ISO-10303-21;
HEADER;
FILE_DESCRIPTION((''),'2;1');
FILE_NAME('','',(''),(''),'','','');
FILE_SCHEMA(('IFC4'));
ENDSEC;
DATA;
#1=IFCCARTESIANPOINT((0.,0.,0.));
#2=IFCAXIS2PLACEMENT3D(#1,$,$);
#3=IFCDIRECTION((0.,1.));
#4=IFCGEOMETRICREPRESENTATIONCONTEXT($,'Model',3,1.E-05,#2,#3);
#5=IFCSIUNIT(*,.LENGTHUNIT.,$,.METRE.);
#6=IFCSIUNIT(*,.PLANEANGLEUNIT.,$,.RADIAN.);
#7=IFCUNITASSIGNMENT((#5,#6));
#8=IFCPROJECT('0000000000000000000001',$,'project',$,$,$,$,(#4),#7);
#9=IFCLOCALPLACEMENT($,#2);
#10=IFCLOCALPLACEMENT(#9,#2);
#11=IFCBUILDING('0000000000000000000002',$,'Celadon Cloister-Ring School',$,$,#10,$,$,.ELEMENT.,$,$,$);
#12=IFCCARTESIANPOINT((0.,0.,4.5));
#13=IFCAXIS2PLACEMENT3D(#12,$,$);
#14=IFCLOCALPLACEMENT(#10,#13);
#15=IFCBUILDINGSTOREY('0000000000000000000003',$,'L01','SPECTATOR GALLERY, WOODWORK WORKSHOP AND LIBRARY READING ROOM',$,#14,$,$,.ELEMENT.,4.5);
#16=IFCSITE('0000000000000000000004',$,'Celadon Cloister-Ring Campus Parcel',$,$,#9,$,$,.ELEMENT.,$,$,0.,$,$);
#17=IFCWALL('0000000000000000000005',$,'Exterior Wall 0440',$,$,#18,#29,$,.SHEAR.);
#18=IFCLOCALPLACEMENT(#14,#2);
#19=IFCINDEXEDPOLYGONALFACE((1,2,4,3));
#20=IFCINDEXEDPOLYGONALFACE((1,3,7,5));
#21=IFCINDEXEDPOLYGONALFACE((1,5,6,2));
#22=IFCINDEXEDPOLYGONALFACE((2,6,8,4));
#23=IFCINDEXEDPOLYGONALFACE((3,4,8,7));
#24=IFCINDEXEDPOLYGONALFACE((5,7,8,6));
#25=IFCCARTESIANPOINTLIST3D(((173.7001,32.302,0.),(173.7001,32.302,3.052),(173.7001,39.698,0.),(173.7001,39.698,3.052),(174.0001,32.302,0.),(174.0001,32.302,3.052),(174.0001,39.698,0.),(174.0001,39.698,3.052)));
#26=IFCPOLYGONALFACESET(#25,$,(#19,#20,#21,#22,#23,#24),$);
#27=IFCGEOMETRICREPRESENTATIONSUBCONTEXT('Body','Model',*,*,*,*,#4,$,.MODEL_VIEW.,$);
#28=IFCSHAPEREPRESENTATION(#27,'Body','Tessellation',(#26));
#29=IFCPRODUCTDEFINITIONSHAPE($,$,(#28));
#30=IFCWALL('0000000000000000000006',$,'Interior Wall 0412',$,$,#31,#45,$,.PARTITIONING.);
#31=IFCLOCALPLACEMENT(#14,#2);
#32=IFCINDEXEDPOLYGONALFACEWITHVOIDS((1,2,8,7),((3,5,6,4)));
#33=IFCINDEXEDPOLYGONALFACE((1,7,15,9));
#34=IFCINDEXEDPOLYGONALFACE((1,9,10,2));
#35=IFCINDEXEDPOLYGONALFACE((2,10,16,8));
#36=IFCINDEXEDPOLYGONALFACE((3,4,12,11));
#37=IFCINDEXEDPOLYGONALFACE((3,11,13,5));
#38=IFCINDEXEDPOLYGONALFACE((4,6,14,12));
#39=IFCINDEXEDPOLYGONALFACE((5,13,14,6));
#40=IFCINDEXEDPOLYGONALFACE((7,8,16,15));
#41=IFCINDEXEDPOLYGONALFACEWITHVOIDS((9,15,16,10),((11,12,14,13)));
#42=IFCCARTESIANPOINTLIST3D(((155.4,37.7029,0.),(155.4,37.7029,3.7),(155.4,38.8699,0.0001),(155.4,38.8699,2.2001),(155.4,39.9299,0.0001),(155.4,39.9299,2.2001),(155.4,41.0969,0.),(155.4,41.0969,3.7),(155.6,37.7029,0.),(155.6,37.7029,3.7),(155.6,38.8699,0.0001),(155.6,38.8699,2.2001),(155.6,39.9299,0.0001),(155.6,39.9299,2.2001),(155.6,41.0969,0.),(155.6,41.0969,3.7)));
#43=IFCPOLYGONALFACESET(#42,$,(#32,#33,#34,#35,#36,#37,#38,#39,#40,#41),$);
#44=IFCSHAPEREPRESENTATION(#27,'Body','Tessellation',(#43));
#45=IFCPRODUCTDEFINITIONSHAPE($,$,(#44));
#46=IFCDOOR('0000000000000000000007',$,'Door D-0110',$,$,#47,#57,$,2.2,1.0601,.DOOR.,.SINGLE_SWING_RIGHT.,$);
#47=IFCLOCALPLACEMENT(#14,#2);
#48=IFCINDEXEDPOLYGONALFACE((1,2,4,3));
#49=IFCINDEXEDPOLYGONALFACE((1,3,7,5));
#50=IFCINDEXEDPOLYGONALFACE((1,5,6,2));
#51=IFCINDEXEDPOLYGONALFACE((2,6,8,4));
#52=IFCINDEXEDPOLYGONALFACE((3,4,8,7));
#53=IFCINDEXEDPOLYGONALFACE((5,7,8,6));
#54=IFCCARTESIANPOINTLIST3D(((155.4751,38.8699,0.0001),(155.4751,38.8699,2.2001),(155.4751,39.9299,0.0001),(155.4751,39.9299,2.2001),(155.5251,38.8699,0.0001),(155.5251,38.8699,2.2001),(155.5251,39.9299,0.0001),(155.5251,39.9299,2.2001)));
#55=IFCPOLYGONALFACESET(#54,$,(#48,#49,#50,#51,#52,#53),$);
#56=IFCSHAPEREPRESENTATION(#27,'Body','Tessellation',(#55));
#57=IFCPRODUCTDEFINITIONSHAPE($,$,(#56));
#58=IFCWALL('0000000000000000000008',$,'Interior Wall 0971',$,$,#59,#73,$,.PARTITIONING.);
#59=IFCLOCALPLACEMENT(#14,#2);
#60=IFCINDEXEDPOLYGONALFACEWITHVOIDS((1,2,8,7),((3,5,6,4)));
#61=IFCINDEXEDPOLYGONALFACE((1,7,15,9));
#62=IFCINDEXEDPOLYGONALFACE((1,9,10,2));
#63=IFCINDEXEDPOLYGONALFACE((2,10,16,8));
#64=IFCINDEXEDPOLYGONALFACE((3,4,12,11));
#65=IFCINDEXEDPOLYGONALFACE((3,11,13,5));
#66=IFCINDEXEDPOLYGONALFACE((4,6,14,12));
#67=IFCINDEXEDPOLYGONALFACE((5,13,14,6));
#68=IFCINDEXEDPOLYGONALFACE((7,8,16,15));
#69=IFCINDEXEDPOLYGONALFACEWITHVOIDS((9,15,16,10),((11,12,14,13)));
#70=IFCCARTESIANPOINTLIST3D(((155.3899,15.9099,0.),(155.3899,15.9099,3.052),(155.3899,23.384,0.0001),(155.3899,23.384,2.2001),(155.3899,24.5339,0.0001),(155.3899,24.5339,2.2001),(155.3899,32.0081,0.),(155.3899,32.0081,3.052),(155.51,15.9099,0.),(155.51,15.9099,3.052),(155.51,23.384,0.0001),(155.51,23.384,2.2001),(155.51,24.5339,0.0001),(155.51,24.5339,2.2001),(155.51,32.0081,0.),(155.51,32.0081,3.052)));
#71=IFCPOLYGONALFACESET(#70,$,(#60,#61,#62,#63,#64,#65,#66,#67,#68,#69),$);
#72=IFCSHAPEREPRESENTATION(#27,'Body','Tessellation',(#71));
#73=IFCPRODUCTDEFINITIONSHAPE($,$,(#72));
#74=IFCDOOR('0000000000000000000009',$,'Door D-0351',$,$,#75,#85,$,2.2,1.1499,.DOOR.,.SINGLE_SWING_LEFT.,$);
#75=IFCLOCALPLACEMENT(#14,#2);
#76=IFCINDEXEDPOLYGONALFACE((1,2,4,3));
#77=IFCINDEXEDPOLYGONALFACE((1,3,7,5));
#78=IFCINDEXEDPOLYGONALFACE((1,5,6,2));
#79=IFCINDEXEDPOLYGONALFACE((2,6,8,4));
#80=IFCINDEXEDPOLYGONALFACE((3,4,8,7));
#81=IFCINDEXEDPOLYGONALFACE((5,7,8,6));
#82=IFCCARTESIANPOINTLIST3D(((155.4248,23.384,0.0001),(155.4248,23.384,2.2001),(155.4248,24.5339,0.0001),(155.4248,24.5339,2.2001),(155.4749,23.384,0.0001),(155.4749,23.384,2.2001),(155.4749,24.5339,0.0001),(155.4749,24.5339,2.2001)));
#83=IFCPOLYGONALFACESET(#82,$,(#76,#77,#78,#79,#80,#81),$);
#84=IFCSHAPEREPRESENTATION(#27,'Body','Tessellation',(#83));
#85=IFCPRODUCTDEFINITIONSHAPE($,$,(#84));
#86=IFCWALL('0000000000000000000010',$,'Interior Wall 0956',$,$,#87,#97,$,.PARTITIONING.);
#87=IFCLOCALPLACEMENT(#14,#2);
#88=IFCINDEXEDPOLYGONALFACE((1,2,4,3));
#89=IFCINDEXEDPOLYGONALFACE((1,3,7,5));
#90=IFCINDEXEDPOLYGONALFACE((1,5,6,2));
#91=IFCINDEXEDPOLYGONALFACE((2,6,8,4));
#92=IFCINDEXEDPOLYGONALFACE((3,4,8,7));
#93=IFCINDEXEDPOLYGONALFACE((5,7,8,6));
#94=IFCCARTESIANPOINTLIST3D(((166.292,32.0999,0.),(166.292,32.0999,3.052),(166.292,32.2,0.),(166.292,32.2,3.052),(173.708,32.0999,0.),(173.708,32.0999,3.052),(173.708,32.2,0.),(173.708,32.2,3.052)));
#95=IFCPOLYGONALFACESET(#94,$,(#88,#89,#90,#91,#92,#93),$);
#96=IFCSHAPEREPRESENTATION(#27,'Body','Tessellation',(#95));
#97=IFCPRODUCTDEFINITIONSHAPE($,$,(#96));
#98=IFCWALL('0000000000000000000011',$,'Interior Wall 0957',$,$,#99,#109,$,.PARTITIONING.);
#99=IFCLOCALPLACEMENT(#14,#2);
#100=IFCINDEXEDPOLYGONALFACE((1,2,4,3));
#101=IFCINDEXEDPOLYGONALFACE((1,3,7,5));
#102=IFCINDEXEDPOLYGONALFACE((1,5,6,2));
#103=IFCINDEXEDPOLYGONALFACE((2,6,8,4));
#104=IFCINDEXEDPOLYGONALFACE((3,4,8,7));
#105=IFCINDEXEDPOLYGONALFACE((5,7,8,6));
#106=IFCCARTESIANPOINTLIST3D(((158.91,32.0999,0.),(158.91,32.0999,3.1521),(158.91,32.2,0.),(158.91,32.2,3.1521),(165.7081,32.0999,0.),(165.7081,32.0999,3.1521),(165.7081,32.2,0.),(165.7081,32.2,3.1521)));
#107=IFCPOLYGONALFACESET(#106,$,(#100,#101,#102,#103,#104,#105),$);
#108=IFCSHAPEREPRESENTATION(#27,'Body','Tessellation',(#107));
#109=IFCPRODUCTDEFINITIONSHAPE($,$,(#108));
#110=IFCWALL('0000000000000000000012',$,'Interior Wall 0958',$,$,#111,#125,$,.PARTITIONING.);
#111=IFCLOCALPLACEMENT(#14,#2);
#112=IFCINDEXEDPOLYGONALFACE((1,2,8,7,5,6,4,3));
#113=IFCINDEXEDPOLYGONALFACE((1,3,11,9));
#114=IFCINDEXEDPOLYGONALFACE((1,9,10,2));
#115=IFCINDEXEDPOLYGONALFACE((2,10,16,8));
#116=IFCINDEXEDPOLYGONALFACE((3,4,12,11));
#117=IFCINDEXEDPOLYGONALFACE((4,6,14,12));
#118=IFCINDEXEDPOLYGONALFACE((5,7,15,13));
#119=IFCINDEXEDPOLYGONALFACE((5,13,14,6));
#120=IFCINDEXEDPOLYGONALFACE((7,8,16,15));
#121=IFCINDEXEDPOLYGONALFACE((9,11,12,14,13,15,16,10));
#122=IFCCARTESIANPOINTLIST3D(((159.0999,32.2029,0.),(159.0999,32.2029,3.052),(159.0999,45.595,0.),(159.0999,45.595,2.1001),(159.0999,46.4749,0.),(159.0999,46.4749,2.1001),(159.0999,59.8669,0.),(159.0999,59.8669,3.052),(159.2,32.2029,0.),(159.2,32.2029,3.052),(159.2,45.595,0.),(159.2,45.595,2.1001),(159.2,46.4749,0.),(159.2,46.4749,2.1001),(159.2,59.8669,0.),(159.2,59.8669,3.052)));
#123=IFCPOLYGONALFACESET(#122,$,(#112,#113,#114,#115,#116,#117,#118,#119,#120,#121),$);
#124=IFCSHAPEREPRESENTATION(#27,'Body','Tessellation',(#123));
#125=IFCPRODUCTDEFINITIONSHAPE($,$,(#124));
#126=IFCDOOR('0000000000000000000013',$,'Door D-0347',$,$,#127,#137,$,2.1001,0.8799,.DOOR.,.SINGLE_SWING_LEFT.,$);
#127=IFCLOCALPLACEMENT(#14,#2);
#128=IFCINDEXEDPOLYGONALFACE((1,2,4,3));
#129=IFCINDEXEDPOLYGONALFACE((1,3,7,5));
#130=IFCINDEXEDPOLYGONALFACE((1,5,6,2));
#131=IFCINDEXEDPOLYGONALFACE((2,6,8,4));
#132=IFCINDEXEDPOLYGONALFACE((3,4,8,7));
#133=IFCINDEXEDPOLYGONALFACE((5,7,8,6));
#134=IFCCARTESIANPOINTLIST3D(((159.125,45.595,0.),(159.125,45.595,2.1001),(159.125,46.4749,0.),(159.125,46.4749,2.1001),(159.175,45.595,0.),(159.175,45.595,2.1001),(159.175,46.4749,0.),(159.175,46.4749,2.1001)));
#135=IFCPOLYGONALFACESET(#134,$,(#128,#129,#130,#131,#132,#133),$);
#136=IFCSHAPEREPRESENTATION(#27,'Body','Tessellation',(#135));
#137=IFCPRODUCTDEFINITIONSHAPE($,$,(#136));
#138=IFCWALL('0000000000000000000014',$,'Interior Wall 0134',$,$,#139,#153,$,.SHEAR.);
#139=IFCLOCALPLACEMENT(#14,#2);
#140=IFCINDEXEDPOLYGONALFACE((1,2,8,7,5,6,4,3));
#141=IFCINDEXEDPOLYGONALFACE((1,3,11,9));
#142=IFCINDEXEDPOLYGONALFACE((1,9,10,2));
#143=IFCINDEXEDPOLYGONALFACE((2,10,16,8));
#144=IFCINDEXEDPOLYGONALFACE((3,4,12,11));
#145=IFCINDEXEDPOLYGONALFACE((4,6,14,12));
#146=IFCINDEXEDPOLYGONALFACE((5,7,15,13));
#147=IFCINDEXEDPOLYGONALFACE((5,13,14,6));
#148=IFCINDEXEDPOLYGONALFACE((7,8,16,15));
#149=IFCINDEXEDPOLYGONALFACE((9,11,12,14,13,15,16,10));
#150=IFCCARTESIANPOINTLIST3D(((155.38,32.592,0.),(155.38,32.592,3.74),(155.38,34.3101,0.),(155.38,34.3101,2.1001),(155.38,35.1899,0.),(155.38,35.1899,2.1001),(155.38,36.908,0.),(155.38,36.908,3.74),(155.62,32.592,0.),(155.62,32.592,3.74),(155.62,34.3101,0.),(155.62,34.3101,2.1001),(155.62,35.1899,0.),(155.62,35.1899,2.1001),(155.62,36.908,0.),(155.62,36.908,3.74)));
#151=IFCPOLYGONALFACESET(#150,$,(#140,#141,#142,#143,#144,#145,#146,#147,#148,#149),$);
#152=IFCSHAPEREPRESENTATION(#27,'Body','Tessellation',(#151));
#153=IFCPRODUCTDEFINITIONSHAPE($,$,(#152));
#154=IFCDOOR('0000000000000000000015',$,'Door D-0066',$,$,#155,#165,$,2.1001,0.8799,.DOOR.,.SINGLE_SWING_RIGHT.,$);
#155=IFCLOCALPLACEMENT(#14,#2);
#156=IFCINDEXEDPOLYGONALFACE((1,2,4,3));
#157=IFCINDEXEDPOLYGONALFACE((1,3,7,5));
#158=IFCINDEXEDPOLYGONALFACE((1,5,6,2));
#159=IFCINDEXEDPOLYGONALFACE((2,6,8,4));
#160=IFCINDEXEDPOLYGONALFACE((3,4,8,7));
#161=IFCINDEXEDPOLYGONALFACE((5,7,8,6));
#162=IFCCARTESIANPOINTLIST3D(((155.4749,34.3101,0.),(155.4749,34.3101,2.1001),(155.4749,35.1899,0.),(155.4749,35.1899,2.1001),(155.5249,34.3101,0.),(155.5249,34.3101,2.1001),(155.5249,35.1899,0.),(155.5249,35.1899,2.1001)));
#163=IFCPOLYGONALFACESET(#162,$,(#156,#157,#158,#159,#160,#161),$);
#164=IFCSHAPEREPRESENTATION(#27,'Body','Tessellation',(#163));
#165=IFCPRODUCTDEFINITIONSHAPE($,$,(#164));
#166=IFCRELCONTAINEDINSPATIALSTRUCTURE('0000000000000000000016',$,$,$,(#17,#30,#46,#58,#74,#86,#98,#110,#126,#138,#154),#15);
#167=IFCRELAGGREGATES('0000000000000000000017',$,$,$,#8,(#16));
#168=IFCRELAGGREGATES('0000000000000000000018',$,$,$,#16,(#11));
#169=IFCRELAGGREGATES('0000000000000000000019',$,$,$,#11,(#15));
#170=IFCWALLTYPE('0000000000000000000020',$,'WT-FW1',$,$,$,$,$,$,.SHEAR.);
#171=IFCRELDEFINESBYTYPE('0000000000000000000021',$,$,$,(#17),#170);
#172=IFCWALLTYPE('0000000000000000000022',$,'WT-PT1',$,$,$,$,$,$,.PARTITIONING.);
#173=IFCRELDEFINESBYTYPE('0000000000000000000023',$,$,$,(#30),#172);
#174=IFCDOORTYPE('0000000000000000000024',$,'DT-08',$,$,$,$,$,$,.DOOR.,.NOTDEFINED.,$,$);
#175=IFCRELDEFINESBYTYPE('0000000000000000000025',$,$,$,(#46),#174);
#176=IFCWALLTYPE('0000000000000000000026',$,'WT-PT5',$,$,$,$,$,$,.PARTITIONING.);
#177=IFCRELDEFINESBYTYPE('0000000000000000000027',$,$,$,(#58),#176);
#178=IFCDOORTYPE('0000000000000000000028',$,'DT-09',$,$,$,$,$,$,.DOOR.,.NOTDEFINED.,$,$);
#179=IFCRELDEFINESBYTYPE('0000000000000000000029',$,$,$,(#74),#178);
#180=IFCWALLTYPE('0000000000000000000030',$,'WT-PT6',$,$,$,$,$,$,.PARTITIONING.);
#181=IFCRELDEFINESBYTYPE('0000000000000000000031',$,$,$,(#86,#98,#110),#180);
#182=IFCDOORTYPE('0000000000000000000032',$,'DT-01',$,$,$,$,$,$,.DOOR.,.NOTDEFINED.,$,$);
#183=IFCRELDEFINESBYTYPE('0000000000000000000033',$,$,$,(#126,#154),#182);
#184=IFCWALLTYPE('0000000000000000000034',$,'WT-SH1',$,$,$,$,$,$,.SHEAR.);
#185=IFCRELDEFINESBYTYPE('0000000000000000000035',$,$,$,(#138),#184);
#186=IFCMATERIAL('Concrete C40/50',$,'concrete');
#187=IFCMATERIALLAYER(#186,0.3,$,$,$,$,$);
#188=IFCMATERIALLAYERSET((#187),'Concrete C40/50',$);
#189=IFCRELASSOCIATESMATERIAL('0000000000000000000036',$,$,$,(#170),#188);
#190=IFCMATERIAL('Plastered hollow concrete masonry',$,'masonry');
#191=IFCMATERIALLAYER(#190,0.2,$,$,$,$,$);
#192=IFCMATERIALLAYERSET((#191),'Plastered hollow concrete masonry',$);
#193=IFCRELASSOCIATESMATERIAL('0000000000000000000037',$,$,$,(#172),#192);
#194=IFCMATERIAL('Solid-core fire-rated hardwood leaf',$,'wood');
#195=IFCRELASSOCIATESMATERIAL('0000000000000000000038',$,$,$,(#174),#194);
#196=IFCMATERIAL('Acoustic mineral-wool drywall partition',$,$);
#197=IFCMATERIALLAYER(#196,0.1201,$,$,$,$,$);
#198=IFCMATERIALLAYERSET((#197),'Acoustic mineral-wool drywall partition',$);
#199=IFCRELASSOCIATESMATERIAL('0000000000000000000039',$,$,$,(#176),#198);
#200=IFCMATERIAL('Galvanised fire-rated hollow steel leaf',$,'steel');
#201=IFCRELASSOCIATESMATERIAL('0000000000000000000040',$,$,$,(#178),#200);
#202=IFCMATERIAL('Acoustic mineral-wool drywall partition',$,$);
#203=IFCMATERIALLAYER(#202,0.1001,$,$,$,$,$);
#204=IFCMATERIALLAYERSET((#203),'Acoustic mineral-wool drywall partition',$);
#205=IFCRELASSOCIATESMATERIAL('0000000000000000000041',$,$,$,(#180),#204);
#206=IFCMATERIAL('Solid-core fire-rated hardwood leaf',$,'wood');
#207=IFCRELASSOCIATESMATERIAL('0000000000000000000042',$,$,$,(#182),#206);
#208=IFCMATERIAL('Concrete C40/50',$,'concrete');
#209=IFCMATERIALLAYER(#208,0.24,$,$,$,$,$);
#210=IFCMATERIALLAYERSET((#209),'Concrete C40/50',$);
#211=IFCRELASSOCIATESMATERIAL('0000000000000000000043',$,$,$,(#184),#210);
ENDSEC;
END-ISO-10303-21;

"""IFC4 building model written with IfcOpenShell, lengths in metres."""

from ifc_helpers import new_model, si_unit, direction, frame, frame_2d, origin, place, context, subcontext, project, spatial, rectangle, extrude, material, layer, layer_set, type_object, element, fill, save


model = new_model("IFC4")

# Units and contexts
model_context = context("Model", 3, precision=1e-05, world=origin(), true_north=direction((0.0, 1.0)))
body_context = subcontext(model_context, "Body", "Model", "MODEL_VIEW")
ifc_project = project(units=[si_unit("LENGTHUNIT", "METRE"), si_unit("PLANEANGLEUNIT", "RADIAN")], contexts=[model_context])

# Site, building, storey
site_placement = place(None, origin())
site = spatial("IfcSite", under=ifc_project, at=site_placement, Name="Celadon Cloister-Ring Campus Parcel", CompositionType="ELEMENT", RefElevation=0.0)
building_placement = place(site_placement, origin())
building = spatial("IfcBuilding", under=site, at=building_placement, Name="Celadon Cloister-Ring School", CompositionType="ELEMENT")
storey_placement = place(building_placement, frame((0.0, 0.0, 4.5)))
storey = spatial("IfcBuildingStorey", under=building, at=storey_placement, Name="L01", Description="SPECTATOR GALLERY, WOODWORK WORKSHOP AND LIBRARY READING ROOM", CompositionType="ELEMENT", Elevation=4.5)

# Wall
ifc_material_1 = material(Name="Concrete C40/50", Category="concrete")
ifc_layer_1 = layer(ifc_material_1, 0.3)
ifc_layer_set_1 = layer_set([ifc_layer_1], Name="Concrete C40/50")
wall_type_1 = type_object("IfcWallType", Name="WT-FW1", PredefinedType="SHEAR", material=ifc_layer_set_1)
wall_1_placement = place(storey_placement, frame((173.8501, 39.698, 0.0), z_axis=(0.0, 0.0, 1.0), x_axis=(0.0, -1.0, 0.0)))
element("IfcWall", 1, at=wall_1_placement, inside=storey, type_object=wall_type_1, Name="Exterior Wall 0440", PredefinedType="SHEAR", context=body_context, shape_type="SweptSolid", body=[
    extrude(rectangle(XDim=7.396, YDim=0.3, at=frame_2d((3.698, 0.0))), origin(), (0.0, 0.0, 1.0), 3.052),
])

# Walls, openings, doors
ifc_material_2 = material(Name="Plastered hollow concrete masonry", Category="masonry")
ifc_layer_2 = layer(ifc_material_2, 0.2)
ifc_layer_set_2 = layer_set([ifc_layer_2], Name="Plastered hollow concrete masonry")
wall_type_2 = type_object("IfcWallType", Name="WT-PT1", PredefinedType="PARTITIONING", material=ifc_layer_set_2)
wall_2_placement = place(storey_placement, frame((155.5, 37.7029, 0.0), z_axis=(0.0, 0.0, 1.0), x_axis=(0.0, 1.0, 0.0)))
wall_2 = element("IfcWall", 2, at=wall_2_placement, inside=storey, type_object=wall_type_2, Name="Interior Wall 0412", PredefinedType="PARTITIONING", context=body_context, shape_type="SweptSolid", body=[
    extrude(rectangle(XDim=3.394, YDim=0.2, at=frame_2d((1.697, 0.0))), origin(), (0.0, 0.0, 1.0), 3.7),
])
opening_1_placement = place(wall_2_placement, frame((1.167, 0.0, 0.0)))
opening_1 = element("IfcOpeningElement", 3, at=opening_1_placement, cuts=wall_2, PredefinedType="OPENING", context=body_context, shape_type="SweptSolid", body=[
    extrude(rectangle(XDim=1.0601, YDim=2.2, at=frame_2d((0.53, 1.1001))), frame((0.0, 0.1099, 0.0), z_axis=(0.0, -1.0, 0.0), x_axis=(1.0, 0.0, 0.0)), (0.0, 0.0, 1.0), 0.22),
])
ifc_material_3 = material(Name="Solid-core fire-rated hardwood leaf", Category="wood")
door_type_1 = type_object("IfcDoorType", Name="DT-08", OperationType="NOTDEFINED", PredefinedType="DOOR", material=ifc_material_3)
door_1_placement = place(opening_1_placement, origin())
door_1 = element("IfcDoor", 4, at=door_1_placement, inside=storey, type_object=door_type_1, Name="Door D-0110", OperationType="SINGLE_SWING_RIGHT", OverallHeight=2.2, OverallWidth=1.0601, PredefinedType="DOOR", context=body_context, shape_type="SweptSolid", body=[
    extrude(rectangle(XDim=1.0601, YDim=2.2, at=frame_2d((0.53, 1.1001))), frame((0.0, 0.0249, 0.0), z_axis=(0.0, -1.0, 0.0), x_axis=(1.0, 0.0, 0.0)), (0.0, 0.0, 1.0), 0.05),
])
fill(opening_1, door_1)
ifc_material_4 = material(Name="Acoustic mineral-wool drywall partition")
ifc_layer_3 = layer(ifc_material_4, 0.1201)
ifc_layer_set_3 = layer_set([ifc_layer_3], Name="Acoustic mineral-wool drywall partition")
wall_type_3 = type_object("IfcWallType", Name="WT-PT5", PredefinedType="PARTITIONING", material=ifc_layer_set_3)
wall_3_placement = place(storey_placement, frame((155.45, 32.0081, 0.0), z_axis=(0.0, 0.0, 1.0), x_axis=(0.0, -1.0, 0.0)))
wall_3 = element("IfcWall", 5, at=wall_3_placement, inside=storey, type_object=wall_type_3, Name="Interior Wall 0971", PredefinedType="PARTITIONING", context=body_context, shape_type="SweptSolid", body=[
    extrude(rectangle(XDim=16.0981, YDim=0.1201, at=frame_2d((8.0491, 0.0))), origin(), (0.0, 0.0, 1.0), 3.052),
])
opening_2_placement = place(wall_3_placement, frame((7.4741, 0.0, 0.0)))
opening_2 = element("IfcOpeningElement", 6, at=opening_2_placement, cuts=wall_3, PredefinedType="OPENING", context=body_context, shape_type="SweptSolid", body=[
    extrude(rectangle(XDim=1.1499, YDim=2.2, at=frame_2d((0.575, 1.1001))), frame((0.0, 0.0701, 0.0), z_axis=(0.0, -1.0, 0.0), x_axis=(1.0, 0.0, 0.0)), (0.0, 0.0, 1.0), 0.1401),
])
ifc_material_5 = material(Name="Galvanised fire-rated hollow steel leaf", Category="steel")
door_type_2 = type_object("IfcDoorType", Name="DT-09", OperationType="NOTDEFINED", PredefinedType="DOOR", material=ifc_material_5)
door_2_placement = place(opening_2_placement, origin())
door_2 = element("IfcDoor", 7, at=door_2_placement, inside=storey, type_object=door_type_2, Name="Door D-0351", OperationType="SINGLE_SWING_LEFT", OverallHeight=2.2, OverallWidth=1.1499, PredefinedType="DOOR", context=body_context, shape_type="SweptSolid", body=[
    extrude(rectangle(XDim=1.1499, YDim=2.2, at=frame_2d((0.575, 1.1001))), frame((0.0, 0.0249, 0.0), z_axis=(0.0, -1.0, 0.0), x_axis=(1.0, 0.0, 0.0)), (0.0, 0.0, 1.0), 0.05),
])
fill(opening_2, door_2)

# Walls
ifc_material_6 = material(Name="Acoustic mineral-wool drywall partition")
ifc_layer_4 = layer(ifc_material_6, 0.1001)
ifc_layer_set_4 = layer_set([ifc_layer_4], Name="Acoustic mineral-wool drywall partition")
wall_type_4 = type_object("IfcWallType", Name="WT-PT6", PredefinedType="PARTITIONING", material=ifc_layer_set_4)
wall_4_placement = place(storey_placement, frame((173.708, 32.1499, 0.0), z_axis=(0.0, 0.0, 1.0), x_axis=(-1.0, 0.0, 0.0)))
element("IfcWall", 8, at=wall_4_placement, inside=storey, type_object=wall_type_4, Name="Interior Wall 0956", PredefinedType="PARTITIONING", context=body_context, shape_type="SweptSolid", body=[
    extrude(rectangle(XDim=7.416, YDim=0.1001, at=frame_2d((3.708, 0.0))), origin(), (0.0, 0.0, 1.0), 3.052),
])
wall_5_placement = place(storey_placement, frame((165.708, 32.1499, 0.0), z_axis=(0.0, 0.0, 1.0), x_axis=(-1.0, 0.0, 0.0)))
element("IfcWall", 9, at=wall_5_placement, inside=storey, type_object=wall_type_4, Name="Interior Wall 0957", PredefinedType="PARTITIONING", context=body_context, shape_type="SweptSolid", body=[
    extrude(rectangle(XDim=6.7981, YDim=0.1001, at=frame_2d((3.3989, 0.0))), origin(), (0.0, 0.0, 1.0), 3.1521),
])

# Walls, openings, doors
wall_6_placement = place(storey_placement, frame((159.1499, 32.2029, 0.0), z_axis=(0.0, 0.0, 1.0), x_axis=(0.0, 1.0, 0.0)))
wall_6 = element("IfcWall", 10, at=wall_6_placement, inside=storey, type_object=wall_type_4, Name="Interior Wall 0958", PredefinedType="PARTITIONING", context=body_context, shape_type="SweptSolid", body=[
    extrude(rectangle(XDim=27.6641, YDim=0.1001, at=frame_2d((13.832, 0.0))), origin(), (0.0, 0.0, 1.0), 3.052),
])
opening_3_placement = place(wall_6_placement, frame((13.3921, 0.0, 0.0)))
opening_3 = element("IfcOpeningElement", 11, at=opening_3_placement, cuts=wall_6, PredefinedType="OPENING", context=body_context, shape_type="SweptSolid", body=[
    extrude(rectangle(XDim=0.8799, YDim=2.1001, at=frame_2d((0.4399, 1.05))), frame((0.0, 0.0601, 0.0), z_axis=(0.0, -1.0, 0.0), x_axis=(1.0, 0.0, 0.0)), (0.0, 0.0, 1.0), 0.1201),
])
ifc_material_7 = material(Name="Solid-core fire-rated hardwood leaf", Category="wood")
door_type_3 = type_object("IfcDoorType", Name="DT-01", OperationType="NOTDEFINED", PredefinedType="DOOR", material=ifc_material_7)
door_3_placement = place(opening_3_placement, origin())
door_3 = element("IfcDoor", 12, at=door_3_placement, inside=storey, type_object=door_type_3, Name="Door D-0347", OperationType="SINGLE_SWING_LEFT", OverallHeight=2.1001, OverallWidth=0.8799, PredefinedType="DOOR", context=body_context, shape_type="SweptSolid", body=[
    extrude(rectangle(XDim=0.8799, YDim=2.1001, at=frame_2d((0.4399, 1.05))), frame((0.0, 0.0249, 0.0), z_axis=(0.0, -1.0, 0.0), x_axis=(1.0, 0.0, 0.0)), (0.0, 0.0, 1.0), 0.05),
])
fill(opening_3, door_3)
ifc_material_8 = material(Name="Concrete C40/50", Category="concrete")
ifc_layer_5 = layer(ifc_material_8, 0.24)
ifc_layer_set_5 = layer_set([ifc_layer_5], Name="Concrete C40/50")
wall_type_5 = type_object("IfcWallType", Name="WT-SH1", PredefinedType="SHEAR", material=ifc_layer_set_5)
wall_7_placement = place(storey_placement, frame((155.5, 36.908, 0.0), z_axis=(0.0, 0.0, 1.0), x_axis=(0.0, -1.0, 0.0)))
wall_7 = element("IfcWall", 13, at=wall_7_placement, inside=storey, type_object=wall_type_5, Name="Interior Wall 0134", PredefinedType="SHEAR", context=body_context, shape_type="SweptSolid", body=[
    extrude(rectangle(XDim=4.3159, YDim=0.24, at=frame_2d((2.158, 0.0))), origin(), (0.0, 0.0, 1.0), 3.74),
])
opening_4_placement = place(wall_7_placement, frame((1.718, 0.0, 0.0)))
opening_4 = element("IfcOpeningElement", 14, at=opening_4_placement, cuts=wall_7, PredefinedType="OPENING", context=body_context, shape_type="SweptSolid", body=[
    extrude(rectangle(XDim=0.8799, YDim=2.1001, at=frame_2d((0.4399, 1.05))), frame((0.0, 0.1299, 0.0), z_axis=(0.0, -1.0, 0.0), x_axis=(1.0, 0.0, 0.0)), (0.0, 0.0, 1.0), 0.26),
])
door_4_placement = place(opening_4_placement, origin())
door_4 = element("IfcDoor", 15, at=door_4_placement, inside=storey, type_object=door_type_3, Name="Door D-0066", OperationType="SINGLE_SWING_RIGHT", OverallHeight=2.1001, OverallWidth=0.8799, PredefinedType="DOOR", context=body_context, shape_type="SweptSolid", body=[
    extrude(rectangle(XDim=0.8799, YDim=2.1001, at=frame_2d((0.4399, 1.05))), frame((0.0, 0.0249, 0.0), z_axis=(0.0, -1.0, 0.0), x_axis=(1.0, 0.0, 0.0)), (0.0, 0.0, 1.0), 0.05),
])
fill(opening_4, door_4)

save(model, "model.ifc")
